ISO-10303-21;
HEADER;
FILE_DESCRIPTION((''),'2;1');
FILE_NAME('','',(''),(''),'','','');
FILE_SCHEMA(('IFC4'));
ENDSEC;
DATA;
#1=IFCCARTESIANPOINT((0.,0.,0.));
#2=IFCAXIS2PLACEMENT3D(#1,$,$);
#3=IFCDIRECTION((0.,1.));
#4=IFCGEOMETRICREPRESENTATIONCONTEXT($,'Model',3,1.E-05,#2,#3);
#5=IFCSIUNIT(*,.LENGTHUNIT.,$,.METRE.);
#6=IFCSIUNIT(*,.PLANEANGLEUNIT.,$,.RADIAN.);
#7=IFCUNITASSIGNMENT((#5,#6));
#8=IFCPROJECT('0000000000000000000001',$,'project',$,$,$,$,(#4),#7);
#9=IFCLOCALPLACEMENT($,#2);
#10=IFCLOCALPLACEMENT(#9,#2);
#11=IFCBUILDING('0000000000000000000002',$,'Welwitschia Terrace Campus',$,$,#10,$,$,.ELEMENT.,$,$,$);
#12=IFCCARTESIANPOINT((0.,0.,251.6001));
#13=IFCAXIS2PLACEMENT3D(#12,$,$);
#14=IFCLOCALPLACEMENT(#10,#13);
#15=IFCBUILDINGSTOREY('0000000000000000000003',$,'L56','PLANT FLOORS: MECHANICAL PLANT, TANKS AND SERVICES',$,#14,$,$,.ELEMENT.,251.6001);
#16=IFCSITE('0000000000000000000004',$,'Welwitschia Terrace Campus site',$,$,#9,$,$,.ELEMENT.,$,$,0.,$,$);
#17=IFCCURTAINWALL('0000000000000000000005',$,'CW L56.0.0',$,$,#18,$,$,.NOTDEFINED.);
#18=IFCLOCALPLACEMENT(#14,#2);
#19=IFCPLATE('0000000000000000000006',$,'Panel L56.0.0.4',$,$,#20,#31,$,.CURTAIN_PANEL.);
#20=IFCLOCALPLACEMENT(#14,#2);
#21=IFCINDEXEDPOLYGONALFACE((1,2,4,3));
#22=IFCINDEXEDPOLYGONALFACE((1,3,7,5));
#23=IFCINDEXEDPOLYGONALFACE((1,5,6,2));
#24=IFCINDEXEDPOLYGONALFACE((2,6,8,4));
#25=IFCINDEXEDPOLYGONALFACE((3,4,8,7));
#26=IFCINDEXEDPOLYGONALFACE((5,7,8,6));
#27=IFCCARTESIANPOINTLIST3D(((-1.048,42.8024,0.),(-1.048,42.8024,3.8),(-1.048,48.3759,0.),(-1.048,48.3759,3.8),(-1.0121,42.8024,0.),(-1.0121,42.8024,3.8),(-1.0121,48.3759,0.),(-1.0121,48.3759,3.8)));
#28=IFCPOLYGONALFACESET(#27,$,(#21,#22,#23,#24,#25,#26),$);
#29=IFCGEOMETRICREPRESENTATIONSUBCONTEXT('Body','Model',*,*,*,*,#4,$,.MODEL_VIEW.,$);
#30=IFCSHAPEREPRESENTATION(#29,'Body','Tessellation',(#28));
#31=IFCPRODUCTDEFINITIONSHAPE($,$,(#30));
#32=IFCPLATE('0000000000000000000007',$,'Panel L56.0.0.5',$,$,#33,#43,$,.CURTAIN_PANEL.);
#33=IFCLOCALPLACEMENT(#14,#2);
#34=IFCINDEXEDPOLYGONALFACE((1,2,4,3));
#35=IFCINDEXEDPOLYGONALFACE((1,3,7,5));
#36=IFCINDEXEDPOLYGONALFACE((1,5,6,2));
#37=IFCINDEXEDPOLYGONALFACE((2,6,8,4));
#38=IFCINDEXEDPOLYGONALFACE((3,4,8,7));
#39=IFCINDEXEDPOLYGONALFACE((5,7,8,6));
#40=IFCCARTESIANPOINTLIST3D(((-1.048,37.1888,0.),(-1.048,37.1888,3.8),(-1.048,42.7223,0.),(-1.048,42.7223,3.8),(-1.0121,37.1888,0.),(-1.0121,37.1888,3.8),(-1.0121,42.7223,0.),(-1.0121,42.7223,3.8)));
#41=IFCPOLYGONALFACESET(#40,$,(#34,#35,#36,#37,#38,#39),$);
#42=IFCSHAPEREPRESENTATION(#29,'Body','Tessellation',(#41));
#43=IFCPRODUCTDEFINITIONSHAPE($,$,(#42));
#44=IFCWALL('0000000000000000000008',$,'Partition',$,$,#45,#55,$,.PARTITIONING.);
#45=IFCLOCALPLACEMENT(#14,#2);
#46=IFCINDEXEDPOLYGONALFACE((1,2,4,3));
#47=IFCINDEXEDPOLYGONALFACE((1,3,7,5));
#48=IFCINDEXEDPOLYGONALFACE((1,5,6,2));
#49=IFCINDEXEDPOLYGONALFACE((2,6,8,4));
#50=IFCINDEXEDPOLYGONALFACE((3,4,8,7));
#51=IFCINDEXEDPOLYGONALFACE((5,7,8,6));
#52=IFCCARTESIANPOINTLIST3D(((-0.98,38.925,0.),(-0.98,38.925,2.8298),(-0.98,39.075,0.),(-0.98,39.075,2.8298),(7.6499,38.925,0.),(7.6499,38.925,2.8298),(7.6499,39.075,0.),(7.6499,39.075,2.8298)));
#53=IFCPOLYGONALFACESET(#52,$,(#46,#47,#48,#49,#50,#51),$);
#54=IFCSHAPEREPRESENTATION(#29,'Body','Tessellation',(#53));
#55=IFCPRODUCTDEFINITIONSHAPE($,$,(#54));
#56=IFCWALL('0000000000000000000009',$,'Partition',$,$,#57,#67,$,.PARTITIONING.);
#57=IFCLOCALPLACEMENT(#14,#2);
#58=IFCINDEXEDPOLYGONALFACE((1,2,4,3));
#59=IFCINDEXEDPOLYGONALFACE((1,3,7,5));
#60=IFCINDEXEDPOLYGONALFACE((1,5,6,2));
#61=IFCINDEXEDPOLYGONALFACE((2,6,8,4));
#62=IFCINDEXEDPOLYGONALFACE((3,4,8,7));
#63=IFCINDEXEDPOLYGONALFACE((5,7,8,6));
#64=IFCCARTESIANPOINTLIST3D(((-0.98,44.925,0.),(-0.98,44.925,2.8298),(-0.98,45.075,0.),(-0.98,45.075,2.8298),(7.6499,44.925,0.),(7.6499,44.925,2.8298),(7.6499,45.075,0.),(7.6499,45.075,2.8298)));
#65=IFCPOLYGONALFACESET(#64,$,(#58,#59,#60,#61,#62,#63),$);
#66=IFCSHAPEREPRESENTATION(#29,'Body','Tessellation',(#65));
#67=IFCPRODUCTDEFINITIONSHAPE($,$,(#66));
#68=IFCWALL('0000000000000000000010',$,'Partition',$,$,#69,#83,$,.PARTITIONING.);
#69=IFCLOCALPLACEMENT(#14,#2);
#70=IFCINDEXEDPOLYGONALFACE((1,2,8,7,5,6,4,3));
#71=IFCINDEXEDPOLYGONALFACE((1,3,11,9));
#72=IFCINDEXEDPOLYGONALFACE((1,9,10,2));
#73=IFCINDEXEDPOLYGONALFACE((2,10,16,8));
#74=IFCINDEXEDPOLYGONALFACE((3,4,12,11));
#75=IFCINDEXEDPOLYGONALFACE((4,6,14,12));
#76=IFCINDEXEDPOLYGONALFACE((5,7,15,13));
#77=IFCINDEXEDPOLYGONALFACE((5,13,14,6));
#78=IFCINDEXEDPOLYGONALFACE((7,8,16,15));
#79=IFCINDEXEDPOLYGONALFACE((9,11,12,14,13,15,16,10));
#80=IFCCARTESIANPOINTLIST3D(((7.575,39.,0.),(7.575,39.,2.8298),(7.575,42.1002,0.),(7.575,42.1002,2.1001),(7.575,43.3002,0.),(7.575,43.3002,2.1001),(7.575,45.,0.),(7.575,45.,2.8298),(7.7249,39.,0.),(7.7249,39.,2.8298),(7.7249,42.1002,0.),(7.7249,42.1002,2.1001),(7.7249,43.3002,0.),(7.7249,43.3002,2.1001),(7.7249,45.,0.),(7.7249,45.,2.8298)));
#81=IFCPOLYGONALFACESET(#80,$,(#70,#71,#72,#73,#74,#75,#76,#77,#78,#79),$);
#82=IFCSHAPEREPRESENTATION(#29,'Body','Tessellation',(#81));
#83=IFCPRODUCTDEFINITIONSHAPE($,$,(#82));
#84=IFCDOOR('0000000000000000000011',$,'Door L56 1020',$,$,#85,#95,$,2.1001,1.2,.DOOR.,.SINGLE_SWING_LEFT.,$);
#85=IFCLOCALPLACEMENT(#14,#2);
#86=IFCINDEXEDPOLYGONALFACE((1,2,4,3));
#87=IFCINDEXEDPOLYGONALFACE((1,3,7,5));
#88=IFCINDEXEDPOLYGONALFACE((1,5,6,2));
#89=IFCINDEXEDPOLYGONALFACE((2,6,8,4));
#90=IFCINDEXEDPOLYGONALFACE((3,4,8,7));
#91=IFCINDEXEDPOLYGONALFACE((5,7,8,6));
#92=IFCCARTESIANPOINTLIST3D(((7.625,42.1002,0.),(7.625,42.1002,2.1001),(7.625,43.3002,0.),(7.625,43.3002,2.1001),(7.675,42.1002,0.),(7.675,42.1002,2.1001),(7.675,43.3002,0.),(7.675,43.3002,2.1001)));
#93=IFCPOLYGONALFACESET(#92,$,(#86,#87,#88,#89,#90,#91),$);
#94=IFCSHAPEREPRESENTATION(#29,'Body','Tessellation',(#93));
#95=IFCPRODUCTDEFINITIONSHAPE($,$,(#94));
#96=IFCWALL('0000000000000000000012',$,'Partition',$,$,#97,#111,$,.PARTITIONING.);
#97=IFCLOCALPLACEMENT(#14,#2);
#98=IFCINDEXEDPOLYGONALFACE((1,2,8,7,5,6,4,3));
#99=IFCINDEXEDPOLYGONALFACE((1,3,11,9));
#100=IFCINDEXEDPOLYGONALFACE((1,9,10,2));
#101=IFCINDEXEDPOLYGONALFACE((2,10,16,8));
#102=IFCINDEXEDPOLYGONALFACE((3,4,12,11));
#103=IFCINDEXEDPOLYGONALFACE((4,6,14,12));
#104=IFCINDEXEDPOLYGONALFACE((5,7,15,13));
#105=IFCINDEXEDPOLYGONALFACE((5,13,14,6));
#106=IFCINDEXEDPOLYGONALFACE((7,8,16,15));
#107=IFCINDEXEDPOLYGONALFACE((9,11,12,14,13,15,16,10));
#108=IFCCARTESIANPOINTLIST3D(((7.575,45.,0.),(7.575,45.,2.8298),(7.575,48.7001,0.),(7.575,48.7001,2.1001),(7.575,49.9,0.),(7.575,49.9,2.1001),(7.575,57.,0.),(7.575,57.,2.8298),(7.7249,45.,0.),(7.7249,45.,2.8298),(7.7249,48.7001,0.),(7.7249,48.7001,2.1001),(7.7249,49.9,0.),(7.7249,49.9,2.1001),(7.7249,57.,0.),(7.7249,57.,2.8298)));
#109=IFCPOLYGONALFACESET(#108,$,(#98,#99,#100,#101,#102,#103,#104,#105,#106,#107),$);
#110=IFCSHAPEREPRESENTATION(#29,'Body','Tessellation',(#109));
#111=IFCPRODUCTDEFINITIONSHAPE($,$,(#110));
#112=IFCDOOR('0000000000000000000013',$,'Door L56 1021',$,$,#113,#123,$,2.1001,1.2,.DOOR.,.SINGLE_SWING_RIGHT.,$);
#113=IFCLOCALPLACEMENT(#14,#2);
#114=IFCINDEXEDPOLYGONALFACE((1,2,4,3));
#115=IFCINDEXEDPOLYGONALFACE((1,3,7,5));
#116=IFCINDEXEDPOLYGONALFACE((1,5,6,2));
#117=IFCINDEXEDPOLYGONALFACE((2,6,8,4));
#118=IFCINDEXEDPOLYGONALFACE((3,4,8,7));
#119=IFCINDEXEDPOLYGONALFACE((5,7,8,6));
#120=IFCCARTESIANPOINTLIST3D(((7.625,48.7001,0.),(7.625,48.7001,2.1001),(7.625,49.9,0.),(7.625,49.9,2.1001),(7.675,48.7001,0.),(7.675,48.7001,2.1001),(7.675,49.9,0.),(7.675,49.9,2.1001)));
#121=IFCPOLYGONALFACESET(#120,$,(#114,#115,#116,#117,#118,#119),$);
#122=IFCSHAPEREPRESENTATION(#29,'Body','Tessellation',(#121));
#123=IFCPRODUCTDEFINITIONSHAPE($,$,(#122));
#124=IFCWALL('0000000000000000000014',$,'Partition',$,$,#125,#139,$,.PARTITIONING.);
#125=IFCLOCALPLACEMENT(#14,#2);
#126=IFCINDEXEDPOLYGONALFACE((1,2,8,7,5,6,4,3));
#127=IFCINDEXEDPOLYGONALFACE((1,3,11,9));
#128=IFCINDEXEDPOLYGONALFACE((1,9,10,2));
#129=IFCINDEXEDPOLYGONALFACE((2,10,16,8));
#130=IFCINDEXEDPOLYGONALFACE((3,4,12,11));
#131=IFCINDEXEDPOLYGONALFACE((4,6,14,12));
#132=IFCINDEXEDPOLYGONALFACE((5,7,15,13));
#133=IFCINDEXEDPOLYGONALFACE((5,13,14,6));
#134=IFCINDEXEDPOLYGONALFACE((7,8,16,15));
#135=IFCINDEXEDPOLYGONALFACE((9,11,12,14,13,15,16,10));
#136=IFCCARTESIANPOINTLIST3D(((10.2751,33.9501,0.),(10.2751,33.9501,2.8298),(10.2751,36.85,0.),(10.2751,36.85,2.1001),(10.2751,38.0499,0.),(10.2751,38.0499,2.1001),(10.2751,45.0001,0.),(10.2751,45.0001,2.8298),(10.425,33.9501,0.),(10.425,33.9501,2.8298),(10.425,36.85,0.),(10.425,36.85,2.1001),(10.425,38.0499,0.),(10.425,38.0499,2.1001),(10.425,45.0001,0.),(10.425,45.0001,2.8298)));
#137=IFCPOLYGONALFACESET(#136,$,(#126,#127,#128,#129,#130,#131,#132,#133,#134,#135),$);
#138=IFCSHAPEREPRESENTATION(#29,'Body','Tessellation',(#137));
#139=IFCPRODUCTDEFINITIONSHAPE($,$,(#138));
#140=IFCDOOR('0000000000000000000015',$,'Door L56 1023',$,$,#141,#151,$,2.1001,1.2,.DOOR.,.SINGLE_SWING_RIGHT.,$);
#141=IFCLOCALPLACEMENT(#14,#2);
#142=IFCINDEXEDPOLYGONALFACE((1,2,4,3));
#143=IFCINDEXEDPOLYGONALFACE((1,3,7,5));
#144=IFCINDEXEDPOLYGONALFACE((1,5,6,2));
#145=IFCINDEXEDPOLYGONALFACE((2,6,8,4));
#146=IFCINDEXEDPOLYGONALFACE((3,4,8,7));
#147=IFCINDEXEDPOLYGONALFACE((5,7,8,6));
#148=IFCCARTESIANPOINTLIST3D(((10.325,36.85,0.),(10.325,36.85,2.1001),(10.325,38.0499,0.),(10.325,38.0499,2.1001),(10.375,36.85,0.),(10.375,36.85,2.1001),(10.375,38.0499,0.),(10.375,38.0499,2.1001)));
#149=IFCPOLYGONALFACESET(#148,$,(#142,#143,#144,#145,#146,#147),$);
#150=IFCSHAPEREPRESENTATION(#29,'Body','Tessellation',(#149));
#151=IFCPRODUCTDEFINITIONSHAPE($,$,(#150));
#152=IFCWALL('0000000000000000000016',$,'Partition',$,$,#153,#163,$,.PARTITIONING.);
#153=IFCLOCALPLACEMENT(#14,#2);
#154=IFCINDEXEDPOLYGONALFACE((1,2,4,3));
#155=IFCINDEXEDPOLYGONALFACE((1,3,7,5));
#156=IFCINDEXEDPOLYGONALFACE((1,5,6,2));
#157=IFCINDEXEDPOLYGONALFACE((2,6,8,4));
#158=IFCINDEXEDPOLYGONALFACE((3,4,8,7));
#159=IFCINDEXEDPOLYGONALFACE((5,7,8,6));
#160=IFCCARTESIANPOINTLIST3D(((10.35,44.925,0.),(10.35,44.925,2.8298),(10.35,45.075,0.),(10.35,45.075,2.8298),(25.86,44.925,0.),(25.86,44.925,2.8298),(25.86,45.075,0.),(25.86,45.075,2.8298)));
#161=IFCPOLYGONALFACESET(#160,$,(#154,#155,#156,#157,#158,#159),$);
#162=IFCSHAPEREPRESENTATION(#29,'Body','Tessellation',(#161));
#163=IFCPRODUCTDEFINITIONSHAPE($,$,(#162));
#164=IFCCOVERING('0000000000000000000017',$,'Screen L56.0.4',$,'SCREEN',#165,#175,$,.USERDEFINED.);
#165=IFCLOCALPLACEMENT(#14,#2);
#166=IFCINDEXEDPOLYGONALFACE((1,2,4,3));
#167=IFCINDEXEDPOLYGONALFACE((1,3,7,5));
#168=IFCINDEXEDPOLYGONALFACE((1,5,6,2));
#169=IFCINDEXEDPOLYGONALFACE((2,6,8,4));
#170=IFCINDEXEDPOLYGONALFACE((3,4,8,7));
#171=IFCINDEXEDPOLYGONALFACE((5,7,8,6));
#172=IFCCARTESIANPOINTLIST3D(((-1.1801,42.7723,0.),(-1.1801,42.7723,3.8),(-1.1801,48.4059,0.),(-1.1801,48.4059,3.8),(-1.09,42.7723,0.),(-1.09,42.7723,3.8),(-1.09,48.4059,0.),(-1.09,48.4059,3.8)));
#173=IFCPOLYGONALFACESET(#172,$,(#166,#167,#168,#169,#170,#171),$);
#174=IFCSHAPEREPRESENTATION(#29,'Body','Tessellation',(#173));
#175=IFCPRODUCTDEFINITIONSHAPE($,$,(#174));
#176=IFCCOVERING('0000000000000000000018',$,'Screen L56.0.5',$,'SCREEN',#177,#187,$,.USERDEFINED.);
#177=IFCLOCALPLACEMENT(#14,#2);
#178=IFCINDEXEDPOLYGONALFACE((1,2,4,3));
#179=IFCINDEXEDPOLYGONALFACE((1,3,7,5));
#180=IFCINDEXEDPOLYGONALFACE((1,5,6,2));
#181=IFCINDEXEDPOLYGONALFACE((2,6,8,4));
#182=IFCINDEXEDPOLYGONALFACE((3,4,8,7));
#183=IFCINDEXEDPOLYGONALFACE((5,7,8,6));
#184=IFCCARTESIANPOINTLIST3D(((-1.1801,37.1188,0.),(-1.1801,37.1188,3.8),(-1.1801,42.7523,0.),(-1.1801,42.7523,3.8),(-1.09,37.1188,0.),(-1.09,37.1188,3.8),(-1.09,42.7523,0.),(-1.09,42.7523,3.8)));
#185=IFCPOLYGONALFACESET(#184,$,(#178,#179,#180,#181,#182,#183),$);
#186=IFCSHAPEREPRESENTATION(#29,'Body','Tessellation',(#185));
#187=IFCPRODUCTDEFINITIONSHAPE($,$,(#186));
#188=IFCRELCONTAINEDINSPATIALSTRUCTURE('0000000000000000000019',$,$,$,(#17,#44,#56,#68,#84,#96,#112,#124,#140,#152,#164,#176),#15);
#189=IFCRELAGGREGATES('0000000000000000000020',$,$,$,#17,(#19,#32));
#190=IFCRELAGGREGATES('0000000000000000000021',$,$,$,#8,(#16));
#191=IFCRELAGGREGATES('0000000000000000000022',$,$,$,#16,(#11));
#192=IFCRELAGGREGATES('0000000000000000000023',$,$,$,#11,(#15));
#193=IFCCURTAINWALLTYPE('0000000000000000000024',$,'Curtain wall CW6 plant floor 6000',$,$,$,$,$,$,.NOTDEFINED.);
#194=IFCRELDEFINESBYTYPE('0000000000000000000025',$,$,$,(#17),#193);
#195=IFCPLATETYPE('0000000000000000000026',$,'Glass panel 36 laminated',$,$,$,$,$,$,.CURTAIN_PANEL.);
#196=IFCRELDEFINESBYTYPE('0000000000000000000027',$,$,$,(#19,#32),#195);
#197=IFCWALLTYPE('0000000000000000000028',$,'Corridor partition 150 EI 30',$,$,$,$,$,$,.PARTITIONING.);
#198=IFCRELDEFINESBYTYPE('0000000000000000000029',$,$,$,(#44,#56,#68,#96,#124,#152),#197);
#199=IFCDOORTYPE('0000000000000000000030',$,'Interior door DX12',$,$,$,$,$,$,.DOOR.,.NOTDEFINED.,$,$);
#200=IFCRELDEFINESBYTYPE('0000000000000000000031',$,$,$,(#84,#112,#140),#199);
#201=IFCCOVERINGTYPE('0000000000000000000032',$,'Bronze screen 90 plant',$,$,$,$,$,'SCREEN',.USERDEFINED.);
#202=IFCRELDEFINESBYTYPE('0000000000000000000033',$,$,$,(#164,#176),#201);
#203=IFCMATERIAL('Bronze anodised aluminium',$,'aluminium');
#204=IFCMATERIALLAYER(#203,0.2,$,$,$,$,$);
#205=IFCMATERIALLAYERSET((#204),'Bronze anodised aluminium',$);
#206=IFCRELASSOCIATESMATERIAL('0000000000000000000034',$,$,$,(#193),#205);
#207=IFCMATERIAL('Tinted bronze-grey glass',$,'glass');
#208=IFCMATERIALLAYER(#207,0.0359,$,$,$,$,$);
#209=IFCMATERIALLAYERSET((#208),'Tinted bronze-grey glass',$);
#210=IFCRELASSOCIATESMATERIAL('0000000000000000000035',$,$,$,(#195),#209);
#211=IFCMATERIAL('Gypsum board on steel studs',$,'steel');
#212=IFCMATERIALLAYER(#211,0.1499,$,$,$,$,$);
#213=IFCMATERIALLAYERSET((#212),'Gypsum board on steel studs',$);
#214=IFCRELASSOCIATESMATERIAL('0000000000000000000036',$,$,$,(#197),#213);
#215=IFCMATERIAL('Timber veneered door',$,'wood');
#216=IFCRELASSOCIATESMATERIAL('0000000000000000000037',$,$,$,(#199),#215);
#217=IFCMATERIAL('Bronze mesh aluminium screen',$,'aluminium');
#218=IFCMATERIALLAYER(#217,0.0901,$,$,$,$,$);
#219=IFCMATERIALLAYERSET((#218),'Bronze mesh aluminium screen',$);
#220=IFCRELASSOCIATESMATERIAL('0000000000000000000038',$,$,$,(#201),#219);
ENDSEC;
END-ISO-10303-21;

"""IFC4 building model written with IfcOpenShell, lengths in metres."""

from ifc_helpers import new_model, si_unit, direction, frame, frame_2d, origin, origin_2d, place, context, subcontext, project, spatial, rectangle, extrude, material, layer, layer_set, type_object, element, fill, aggregate, save


model = new_model("IFC4")

# Units and contexts
model_context = context("Model", 3, precision=1e-05, world=origin(), true_north=direction((0.0, 1.0)))
body_context = subcontext(model_context, "Body", "Model", "MODEL_VIEW")
ifc_project = project(units=[si_unit("LENGTHUNIT", "METRE"), si_unit("PLANEANGLEUNIT", "RADIAN")], contexts=[model_context])

# Site, building, storey
site_placement = place(None, origin())
site = spatial("IfcSite", under=ifc_project, at=site_placement, Name="Welwitschia Terrace Campus site", CompositionType="ELEMENT", RefElevation=0.0)
building_placement = place(site_placement, origin())
building = spatial("IfcBuilding", under=site, at=building_placement, Name="Welwitschia Terrace Campus", CompositionType="ELEMENT")
storey_placement = place(building_placement, frame((0.0, 0.0, 251.6001)))
storey = spatial("IfcBuildingStorey", under=building, at=storey_placement, Name="L56", Description="PLANT FLOORS: MECHANICAL PLANT, TANKS AND SERVICES", CompositionType="ELEMENT", Elevation=251.6001)

# Curtain wall
ifc_material_1 = material(Name="Bronze anodised aluminium", Category="aluminium")
ifc_layer_1 = layer(ifc_material_1, 0.2)
ifc_layer_set_1 = layer_set([ifc_layer_1], Name="Bronze anodised aluminium")
curtain_wall_type = type_object("IfcCurtainWallType", Name="Curtain wall CW6 plant floor 6000", PredefinedType="NOTDEFINED", material=ifc_layer_set_1)
curtain_wall_1_placement = place(storey_placement, origin())
curtain_wall_1 = element("IfcCurtainWall", 1, at=curtain_wall_1_placement, inside=storey, type_object=curtain_wall_type, Name="CW L56.0.0", PredefinedType="NOTDEFINED")

# Plates
ifc_material_2 = material(Name="Tinted bronze-grey glass", Category="glass")
ifc_layer_2 = layer(ifc_material_2, 0.0359)
ifc_layer_set_2 = layer_set([ifc_layer_2], Name="Tinted bronze-grey glass")
plate_type = type_object("IfcPlateType", Name="Glass panel 36 laminated", PredefinedType="CURTAIN_PANEL", material=ifc_layer_set_2)
plate_1_placement = place(storey_placement, frame((-1.03, 45.5891, 0.0), z_axis=(0.0, 0.0, 1.0), x_axis=(0.0, -1.0, 0.0)))
plate_1 = element("IfcPlate", 2, at=plate_1_placement, type_object=plate_type, Name="Panel L56.0.0.4", PredefinedType="CURTAIN_PANEL", context=body_context, shape_type="SweptSolid", body=[
    extrude(rectangle(XDim=5.5735, YDim=0.0359, at=origin_2d()), origin(), (0.0, 0.0, 1.0), 3.8),
])
plate_2_placement = place(storey_placement, frame((-1.03, 39.9556, 0.0), z_axis=(0.0, 0.0, 1.0), x_axis=(0.0, -1.0, 0.0)))
plate_2 = element("IfcPlate", 3, at=plate_2_placement, type_object=plate_type, Name="Panel L56.0.0.5", PredefinedType="CURTAIN_PANEL", context=body_context, shape_type="SweptSolid", body=[
    extrude(rectangle(XDim=5.5334, YDim=0.0359, at=origin_2d()), origin(), (0.0, 0.0, 1.0), 3.8),
])
aggregate(curtain_wall_1, [plate_1, plate_2])

# Walls
ifc_material_3 = material(Name="Gypsum board on steel studs", Category="steel")
ifc_layer_3 = layer(ifc_material_3, 0.1499)
ifc_layer_set_3 = layer_set([ifc_layer_3], Name="Gypsum board on steel studs")
wall_type = type_object("IfcWallType", Name="Corridor partition 150 EI 30", PredefinedType="PARTITIONING", material=ifc_layer_set_3)
for number, where, z_axis, x_axis, name in (
    (4, (-0.98, 39.0, 0.0), (0.0, 0.0, 1.0), (1.0, 0.0, 0.0), "Partition"),
    (5, (-0.98, 45.0, 0.0), (0.0, 0.0, 1.0), (1.0, 0.0, 0.0), "Partition"),
):
    element("IfcWall", number, at=place(storey_placement, frame(where, z_axis=z_axis, x_axis=x_axis)), inside=storey, type_object=wall_type, Name=name, PredefinedType="PARTITIONING", context=body_context, shape_type="SweptSolid", body=[
        extrude(rectangle(XDim=8.6299, YDim=0.1499, at=frame_2d((4.3149, 0.0))), origin(), (0.0, 0.0, 1.0), 2.8298),
    ])

# Walls, openings, doors
wall_1_placement = place(storey_placement, frame((7.6499, 39.0, 0.0), z_axis=(0.0, 0.0, 1.0), x_axis=(0.0, 1.0, 0.0)))
wall_1 = element("IfcWall", 6, at=wall_1_placement, inside=storey, type_object=wall_type, Name="Partition", PredefinedType="PARTITIONING", context=body_context, shape_type="SweptSolid", body=[
    extrude(rectangle(XDim=6.0, YDim=0.1499, at=frame_2d((3.0, 0.0))), origin(), (0.0, 0.0, 1.0), 2.8298),
])
opening_1_placement = place(wall_1_placement, frame((3.1001, 0.0, 0.0)))
opening_1 = element("IfcOpeningElement", 7, at=opening_1_placement, cuts=wall_1, PredefinedType="OPENING", context=body_context, shape_type="SweptSolid", body=[
    extrude(rectangle(XDim=1.2, YDim=2.1001, at=frame_2d((0.6001, 1.05))), frame((0.0, 0.085, 0.0), z_axis=(0.0, -1.0, 0.0), x_axis=(1.0, 0.0, 0.0)), (0.0, 0.0, 1.0), 0.1699),
])
ifc_material_4 = material(Name="Timber veneered door", Category="wood")
door_type = type_object("IfcDoorType", Name="Interior door DX12", OperationType="NOTDEFINED", PredefinedType="DOOR", material=ifc_material_4)
door_1_placement = place(opening_1_placement, origin())
door_1 = element("IfcDoor", 8, at=door_1_placement, inside=storey, type_object=door_type, Name="Door L56 1020", OperationType="SINGLE_SWING_LEFT", OverallHeight=2.1001, OverallWidth=1.2, PredefinedType="DOOR", context=body_context, shape_type="SweptSolid", body=[
    extrude(rectangle(XDim=1.2, YDim=2.1001, at=frame_2d((0.6001, 1.05))), frame((0.0, 0.0249, 0.0), z_axis=(0.0, -1.0, 0.0), x_axis=(1.0, 0.0, 0.0)), (0.0, 0.0, 1.0), 0.05),
])
fill(opening_1, door_1)
wall_2_placement = place(storey_placement, frame((7.6499, 45.0, 0.0), z_axis=(0.0, 0.0, 1.0), x_axis=(0.0, 1.0, 0.0)))
wall_2 = element("IfcWall", 9, at=wall_2_placement, inside=storey, type_object=wall_type, Name="Partition", PredefinedType="PARTITIONING", context=body_context, shape_type="SweptSolid", body=[
    extrude(rectangle(XDim=12.0, YDim=0.1499, at=frame_2d((6.0, 0.0))), origin(), (0.0, 0.0, 1.0), 2.8298),
])
opening_2_placement = place(wall_2_placement, frame((3.7, 0.0, 0.0)))
opening_2 = element("IfcOpeningElement", 10, at=opening_2_placement, cuts=wall_2, PredefinedType="OPENING", context=body_context, shape_type="SweptSolid", body=[
    extrude(rectangle(XDim=1.2, YDim=2.1001, at=frame_2d((0.6001, 1.05))), frame((0.0, 0.085, 0.0), z_axis=(0.0, -1.0, 0.0), x_axis=(1.0, 0.0, 0.0)), (0.0, 0.0, 1.0), 0.1699),
])
door_2_placement = place(opening_2_placement, origin())
door_2 = element("IfcDoor", 11, at=door_2_placement, inside=storey, type_object=door_type, Name="Door L56 1021", OperationType="SINGLE_SWING_RIGHT", OverallHeight=2.1001, OverallWidth=1.2, PredefinedType="DOOR", context=body_context, shape_type="SweptSolid", body=[
    extrude(rectangle(XDim=1.2, YDim=2.1001, at=frame_2d((0.6001, 1.05))), frame((0.0, 0.0249, 0.0), z_axis=(0.0, -1.0, 0.0), x_axis=(1.0, 0.0, 0.0)), (0.0, 0.0, 1.0), 0.05),
])
fill(opening_2, door_2)
wall_3_placement = place(storey_placement, frame((10.3501, 45.0, 0.0), z_axis=(0.0, 0.0, 1.0), x_axis=(0.0, -1.0, 0.0)))
wall_3 = element("IfcWall", 12, at=wall_3_placement, inside=storey, type_object=wall_type, Name="Partition", PredefinedType="PARTITIONING", context=body_context, shape_type="SweptSolid", body=[
    extrude(rectangle(XDim=11.05, YDim=0.1499, at=frame_2d((5.5249, 0.0))), origin(), (0.0, 0.0, 1.0), 2.8298),
])
opening_3_placement = place(wall_3_placement, frame((6.95, 0.0, 0.0)))
opening_3 = element("IfcOpeningElement", 13, at=opening_3_placement, cuts=wall_3, PredefinedType="OPENING", context=body_context, shape_type="SweptSolid", body=[
    extrude(rectangle(XDim=1.2, YDim=2.1001, at=frame_2d((0.6001, 1.05))), frame((0.0, 0.085, 0.0), z_axis=(0.0, -1.0, 0.0), x_axis=(1.0, 0.0, 0.0)), (0.0, 0.0, 1.0), 0.1699),
])
door_3_placement = place(opening_3_placement, origin())
door_3 = element("IfcDoor", 14, at=door_3_placement, inside=storey, type_object=door_type, Name="Door L56 1023", OperationType="SINGLE_SWING_RIGHT", OverallHeight=2.1001, OverallWidth=1.2, PredefinedType="DOOR", context=body_context, shape_type="SweptSolid", body=[
    extrude(rectangle(XDim=1.2, YDim=2.1001, at=frame_2d((0.6001, 1.05))), frame((0.0, 0.0249, 0.0), z_axis=(0.0, -1.0, 0.0), x_axis=(1.0, 0.0, 0.0)), (0.0, 0.0, 1.0), 0.05),
])
fill(opening_3, door_3)

# Wall
wall_4_placement = place(storey_placement, frame((10.3501, 45.0, 0.0), z_axis=(0.0, 0.0, 1.0), x_axis=(1.0, 0.0, 0.0)))
element("IfcWall", 15, at=wall_4_placement, inside=storey, type_object=wall_type, Name="Partition", PredefinedType="PARTITIONING", context=body_context, shape_type="SweptSolid", body=[
    extrude(rectangle(XDim=15.51, YDim=0.1499, at=frame_2d((7.7549, 0.0))), origin(), (0.0, 0.0, 1.0), 2.8298),
])

# Coverings
ifc_material_5 = material(Name="Bronze mesh aluminium screen", Category="aluminium")
ifc_layer_4 = layer(ifc_material_5, 0.0901)
ifc_layer_set_4 = layer_set([ifc_layer_4], Name="Bronze mesh aluminium screen")
covering_type = type_object("IfcCoveringType", Name="Bronze screen 90 plant", ElementType="SCREEN", PredefinedType="USERDEFINED", material=ifc_layer_set_4)
for number, where, z_axis, x_axis, name in (
    (16, (-1.135, 45.5891, 0.0), (0.0, 0.0, 1.0), (0.0, -1.0, 0.0), "Screen L56.0.4"),
    (17, (-1.135, 39.9355, 0.0), (0.0, 0.0, 1.0), (0.0, -1.0, 0.0), "Screen L56.0.5"),
):
    element("IfcCovering", number, at=place(storey_placement, frame(where, z_axis=z_axis, x_axis=x_axis)), inside=storey, type_object=covering_type, Name=name, ObjectType="SCREEN", PredefinedType="USERDEFINED", context=body_context, shape_type="SweptSolid", body=[
        extrude(rectangle(XDim=5.6335, YDim=0.0901, at=origin_2d()), origin(), (0.0, 0.0, 1.0), 3.8),
    ])

save(model, "model.ifc")
